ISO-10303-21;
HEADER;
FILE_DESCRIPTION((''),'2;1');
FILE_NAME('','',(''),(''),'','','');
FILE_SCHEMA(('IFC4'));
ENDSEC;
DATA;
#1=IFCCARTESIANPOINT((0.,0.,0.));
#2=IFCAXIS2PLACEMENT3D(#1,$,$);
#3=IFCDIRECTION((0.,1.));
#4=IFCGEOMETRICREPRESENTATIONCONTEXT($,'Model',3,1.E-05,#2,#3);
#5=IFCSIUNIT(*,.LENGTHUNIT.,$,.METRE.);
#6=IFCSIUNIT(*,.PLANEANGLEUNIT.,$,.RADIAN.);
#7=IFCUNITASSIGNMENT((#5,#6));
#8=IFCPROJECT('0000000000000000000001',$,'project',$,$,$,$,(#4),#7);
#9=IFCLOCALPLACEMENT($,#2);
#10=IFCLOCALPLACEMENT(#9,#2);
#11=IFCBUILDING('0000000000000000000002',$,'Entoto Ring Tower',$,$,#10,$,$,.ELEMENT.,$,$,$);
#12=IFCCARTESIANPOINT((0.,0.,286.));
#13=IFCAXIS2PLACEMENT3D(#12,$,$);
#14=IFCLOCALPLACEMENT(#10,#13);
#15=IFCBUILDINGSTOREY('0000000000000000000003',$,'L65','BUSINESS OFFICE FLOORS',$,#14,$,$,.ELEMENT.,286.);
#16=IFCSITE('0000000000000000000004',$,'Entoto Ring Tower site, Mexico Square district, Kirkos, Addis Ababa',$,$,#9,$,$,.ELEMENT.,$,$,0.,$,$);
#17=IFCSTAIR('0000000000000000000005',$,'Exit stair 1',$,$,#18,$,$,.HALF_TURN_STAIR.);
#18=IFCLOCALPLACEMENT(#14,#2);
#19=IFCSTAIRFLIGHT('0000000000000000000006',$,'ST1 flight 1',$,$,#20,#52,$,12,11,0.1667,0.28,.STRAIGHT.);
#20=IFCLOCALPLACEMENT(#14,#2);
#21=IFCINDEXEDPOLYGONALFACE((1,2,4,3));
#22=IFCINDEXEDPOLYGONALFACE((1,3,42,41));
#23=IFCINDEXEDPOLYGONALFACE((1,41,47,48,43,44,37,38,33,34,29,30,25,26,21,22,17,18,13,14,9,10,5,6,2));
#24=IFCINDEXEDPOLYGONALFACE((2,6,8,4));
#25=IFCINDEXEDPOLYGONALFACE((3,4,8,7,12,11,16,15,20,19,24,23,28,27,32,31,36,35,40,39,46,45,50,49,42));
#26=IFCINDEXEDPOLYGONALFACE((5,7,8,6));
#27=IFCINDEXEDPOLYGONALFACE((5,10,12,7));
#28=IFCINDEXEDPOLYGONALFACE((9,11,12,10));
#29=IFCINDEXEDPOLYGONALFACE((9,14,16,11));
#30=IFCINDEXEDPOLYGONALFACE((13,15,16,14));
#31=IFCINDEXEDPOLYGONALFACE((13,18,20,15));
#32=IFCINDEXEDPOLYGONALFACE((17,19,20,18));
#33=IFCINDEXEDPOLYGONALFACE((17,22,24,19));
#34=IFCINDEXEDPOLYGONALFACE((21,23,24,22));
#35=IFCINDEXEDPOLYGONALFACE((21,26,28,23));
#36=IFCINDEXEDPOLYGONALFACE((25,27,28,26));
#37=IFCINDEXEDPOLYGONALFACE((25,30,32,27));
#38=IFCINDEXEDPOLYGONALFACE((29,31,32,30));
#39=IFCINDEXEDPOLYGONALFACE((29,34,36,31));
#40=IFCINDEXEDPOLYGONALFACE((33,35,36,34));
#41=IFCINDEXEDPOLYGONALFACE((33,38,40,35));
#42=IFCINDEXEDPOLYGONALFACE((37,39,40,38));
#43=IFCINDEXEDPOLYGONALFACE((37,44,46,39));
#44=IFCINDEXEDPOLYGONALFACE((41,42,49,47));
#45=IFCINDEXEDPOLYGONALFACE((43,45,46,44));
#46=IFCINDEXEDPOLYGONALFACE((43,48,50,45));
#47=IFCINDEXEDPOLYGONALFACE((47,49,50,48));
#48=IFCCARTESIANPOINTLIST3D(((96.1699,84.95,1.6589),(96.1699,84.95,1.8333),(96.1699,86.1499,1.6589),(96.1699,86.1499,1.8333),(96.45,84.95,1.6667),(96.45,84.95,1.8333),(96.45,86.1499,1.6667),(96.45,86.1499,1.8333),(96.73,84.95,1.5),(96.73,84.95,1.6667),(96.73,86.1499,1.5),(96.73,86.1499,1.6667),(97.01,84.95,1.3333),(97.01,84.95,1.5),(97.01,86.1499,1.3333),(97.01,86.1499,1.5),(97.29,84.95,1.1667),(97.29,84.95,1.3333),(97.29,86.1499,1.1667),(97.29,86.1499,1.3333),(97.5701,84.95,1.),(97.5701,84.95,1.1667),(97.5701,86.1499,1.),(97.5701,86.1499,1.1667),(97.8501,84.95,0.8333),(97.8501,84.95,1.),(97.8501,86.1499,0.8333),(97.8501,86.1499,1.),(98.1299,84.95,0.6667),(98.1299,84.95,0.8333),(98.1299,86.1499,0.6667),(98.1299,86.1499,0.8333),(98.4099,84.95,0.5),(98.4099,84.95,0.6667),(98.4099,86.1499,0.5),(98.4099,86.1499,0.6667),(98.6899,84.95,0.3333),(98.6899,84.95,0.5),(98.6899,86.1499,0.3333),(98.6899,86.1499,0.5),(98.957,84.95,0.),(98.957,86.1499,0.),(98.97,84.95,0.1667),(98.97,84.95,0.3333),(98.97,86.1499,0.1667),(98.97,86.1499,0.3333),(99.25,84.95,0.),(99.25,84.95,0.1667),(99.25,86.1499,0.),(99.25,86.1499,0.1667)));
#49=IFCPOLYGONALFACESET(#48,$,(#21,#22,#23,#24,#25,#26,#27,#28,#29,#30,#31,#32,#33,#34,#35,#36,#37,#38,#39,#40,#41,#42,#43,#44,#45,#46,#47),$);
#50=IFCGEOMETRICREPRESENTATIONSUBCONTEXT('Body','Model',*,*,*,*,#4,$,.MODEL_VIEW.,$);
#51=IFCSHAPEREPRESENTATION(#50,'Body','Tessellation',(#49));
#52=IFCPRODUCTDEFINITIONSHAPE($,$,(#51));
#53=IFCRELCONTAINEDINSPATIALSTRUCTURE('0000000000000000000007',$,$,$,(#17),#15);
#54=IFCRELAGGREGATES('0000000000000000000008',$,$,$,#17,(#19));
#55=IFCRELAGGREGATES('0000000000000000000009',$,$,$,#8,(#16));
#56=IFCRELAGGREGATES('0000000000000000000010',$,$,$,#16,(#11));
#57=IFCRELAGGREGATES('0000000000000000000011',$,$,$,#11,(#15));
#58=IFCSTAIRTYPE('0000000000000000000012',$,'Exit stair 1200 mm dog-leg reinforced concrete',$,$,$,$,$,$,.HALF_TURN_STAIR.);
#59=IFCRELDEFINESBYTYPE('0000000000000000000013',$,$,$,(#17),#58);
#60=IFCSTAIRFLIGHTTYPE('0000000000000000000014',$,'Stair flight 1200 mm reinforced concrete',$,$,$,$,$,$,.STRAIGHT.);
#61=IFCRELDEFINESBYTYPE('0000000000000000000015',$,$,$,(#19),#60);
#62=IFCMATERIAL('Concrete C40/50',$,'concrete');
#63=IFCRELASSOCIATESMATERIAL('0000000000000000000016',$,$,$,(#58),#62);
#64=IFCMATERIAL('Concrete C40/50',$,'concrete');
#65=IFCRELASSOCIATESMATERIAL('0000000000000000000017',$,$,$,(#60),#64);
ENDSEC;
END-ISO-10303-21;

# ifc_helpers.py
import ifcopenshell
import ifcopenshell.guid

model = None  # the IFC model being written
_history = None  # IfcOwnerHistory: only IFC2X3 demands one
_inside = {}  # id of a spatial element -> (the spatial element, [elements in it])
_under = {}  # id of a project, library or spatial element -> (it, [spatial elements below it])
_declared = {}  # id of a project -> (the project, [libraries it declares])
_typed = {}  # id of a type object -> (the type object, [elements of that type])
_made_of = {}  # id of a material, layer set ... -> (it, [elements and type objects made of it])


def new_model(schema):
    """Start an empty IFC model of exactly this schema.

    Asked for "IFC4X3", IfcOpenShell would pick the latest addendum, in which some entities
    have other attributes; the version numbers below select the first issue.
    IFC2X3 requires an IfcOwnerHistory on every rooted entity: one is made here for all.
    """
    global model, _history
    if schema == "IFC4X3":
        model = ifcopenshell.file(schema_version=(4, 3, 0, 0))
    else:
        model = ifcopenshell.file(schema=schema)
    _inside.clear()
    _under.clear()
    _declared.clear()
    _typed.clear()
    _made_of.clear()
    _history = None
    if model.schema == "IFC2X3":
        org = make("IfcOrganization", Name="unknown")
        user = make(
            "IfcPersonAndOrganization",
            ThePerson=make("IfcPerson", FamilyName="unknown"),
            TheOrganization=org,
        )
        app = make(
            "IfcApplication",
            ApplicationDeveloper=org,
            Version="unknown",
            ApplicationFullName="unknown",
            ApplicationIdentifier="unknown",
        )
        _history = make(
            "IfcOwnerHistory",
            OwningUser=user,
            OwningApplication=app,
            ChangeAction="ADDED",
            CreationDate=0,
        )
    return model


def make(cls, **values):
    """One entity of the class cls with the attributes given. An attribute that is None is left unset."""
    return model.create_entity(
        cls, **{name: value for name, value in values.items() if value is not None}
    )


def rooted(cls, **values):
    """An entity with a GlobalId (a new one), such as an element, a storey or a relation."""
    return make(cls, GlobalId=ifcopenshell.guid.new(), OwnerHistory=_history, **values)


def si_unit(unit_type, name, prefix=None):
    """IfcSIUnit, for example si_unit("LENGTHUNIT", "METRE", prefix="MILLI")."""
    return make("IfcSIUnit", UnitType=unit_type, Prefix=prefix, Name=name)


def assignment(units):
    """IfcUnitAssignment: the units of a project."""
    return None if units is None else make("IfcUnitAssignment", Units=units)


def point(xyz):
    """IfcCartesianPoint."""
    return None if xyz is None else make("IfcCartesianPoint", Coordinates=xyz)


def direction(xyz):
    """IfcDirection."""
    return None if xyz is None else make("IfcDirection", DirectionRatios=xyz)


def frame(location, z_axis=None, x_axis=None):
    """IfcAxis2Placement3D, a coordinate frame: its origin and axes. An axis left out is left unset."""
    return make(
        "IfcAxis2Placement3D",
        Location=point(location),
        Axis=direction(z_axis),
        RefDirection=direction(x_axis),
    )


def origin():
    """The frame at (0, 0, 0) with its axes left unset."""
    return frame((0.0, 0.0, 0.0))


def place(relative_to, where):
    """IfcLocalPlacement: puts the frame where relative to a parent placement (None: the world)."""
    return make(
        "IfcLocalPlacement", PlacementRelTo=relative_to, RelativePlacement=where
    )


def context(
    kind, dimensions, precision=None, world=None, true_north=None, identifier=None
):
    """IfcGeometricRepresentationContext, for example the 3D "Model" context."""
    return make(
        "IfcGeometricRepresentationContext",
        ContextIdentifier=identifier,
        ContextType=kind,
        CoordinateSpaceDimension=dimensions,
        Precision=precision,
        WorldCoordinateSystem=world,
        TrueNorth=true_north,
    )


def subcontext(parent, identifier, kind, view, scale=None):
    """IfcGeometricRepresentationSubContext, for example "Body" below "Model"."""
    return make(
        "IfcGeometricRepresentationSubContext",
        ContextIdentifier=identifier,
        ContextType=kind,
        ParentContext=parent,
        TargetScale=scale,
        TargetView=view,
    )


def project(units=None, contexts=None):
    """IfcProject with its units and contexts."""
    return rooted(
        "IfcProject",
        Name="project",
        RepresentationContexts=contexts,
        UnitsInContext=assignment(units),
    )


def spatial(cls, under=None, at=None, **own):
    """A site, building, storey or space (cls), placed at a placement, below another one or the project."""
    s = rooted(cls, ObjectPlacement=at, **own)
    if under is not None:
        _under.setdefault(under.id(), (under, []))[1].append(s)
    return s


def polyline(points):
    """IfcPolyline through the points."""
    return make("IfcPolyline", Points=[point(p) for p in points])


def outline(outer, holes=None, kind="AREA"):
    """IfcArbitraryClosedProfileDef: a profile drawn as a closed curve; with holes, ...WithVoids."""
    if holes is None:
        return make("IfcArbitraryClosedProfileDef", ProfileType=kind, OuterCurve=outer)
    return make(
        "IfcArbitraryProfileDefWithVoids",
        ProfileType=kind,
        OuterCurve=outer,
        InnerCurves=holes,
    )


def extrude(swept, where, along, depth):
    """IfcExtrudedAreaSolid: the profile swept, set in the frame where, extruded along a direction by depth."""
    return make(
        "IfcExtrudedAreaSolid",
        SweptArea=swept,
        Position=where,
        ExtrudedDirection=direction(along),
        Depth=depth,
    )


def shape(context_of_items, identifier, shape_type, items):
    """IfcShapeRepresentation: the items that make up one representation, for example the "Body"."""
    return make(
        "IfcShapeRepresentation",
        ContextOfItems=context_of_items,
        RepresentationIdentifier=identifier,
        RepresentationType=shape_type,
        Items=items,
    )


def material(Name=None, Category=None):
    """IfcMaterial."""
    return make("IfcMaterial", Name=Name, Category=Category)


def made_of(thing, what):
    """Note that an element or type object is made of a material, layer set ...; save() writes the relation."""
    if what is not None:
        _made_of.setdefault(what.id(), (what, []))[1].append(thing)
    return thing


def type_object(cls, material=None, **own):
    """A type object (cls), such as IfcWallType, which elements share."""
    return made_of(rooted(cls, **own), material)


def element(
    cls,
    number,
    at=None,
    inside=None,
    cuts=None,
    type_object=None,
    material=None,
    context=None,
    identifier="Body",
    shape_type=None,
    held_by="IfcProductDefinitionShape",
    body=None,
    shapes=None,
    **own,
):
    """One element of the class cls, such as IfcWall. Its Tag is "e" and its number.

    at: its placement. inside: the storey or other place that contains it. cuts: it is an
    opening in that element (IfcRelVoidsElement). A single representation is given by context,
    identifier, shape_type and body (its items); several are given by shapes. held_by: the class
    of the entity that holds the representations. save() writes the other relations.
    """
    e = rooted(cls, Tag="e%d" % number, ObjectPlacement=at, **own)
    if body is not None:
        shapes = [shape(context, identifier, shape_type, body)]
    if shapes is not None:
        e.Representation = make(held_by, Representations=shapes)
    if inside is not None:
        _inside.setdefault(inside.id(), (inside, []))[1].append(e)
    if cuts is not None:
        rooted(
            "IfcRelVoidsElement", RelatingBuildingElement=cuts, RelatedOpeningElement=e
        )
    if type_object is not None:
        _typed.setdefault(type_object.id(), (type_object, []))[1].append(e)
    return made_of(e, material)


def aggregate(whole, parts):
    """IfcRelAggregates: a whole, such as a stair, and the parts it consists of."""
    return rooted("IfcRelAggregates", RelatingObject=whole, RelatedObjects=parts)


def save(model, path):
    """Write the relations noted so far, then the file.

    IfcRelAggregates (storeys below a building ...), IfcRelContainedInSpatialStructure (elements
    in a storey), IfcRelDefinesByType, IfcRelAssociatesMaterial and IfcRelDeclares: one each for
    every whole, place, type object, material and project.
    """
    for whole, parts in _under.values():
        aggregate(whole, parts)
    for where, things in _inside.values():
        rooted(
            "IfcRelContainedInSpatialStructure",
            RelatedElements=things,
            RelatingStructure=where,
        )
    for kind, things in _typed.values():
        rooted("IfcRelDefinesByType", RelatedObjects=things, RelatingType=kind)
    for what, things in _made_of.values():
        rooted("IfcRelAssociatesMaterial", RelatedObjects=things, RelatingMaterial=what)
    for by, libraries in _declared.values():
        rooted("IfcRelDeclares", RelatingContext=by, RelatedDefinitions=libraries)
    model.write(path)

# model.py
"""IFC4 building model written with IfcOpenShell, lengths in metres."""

from ifc_helpers import new_model, si_unit, direction, frame, origin, place, context, subcontext, project, spatial, polyline, outline, extrude, material, type_object, element, aggregate, save


model = new_model("IFC4")

# Units and contexts
model_context = context("Model", 3, precision=1e-05, world=origin(), true_north=direction((0.0, 1.0)))
body_context = subcontext(model_context, "Body", "Model", "MODEL_VIEW")
ifc_project = project(units=[si_unit("LENGTHUNIT", "METRE"), si_unit("PLANEANGLEUNIT", "RADIAN")], contexts=[model_context])

# Site, building, storey
site_placement = place(None, origin())
site = spatial("IfcSite", under=ifc_project, at=site_placement, Name="Entoto Ring Tower site, Mexico Square district, Kirkos, Addis Ababa", CompositionType="ELEMENT", RefElevation=0.0)
building_placement = place(site_placement, origin())
building = spatial("IfcBuilding", under=site, at=building_placement, Name="Entoto Ring Tower", CompositionType="ELEMENT")
storey_placement = place(building_placement, frame((0.0, 0.0, 286.0)))
storey = spatial("IfcBuildingStorey", under=building, at=storey_placement, Name="L65", Description="BUSINESS OFFICE FLOORS", CompositionType="ELEMENT", Elevation=286.0)

# Stair, stair flight
ifc_material_1 = material(Name="Concrete C40/50", Category="concrete")
stair_type = type_object("IfcStairType", Name="Exit stair 1200 mm dog-leg reinforced concrete", PredefinedType="HALF_TURN_STAIR", material=ifc_material_1)
stair_placement = place(storey_placement, origin())
stair = element("IfcStair", 1, at=stair_placement, inside=storey, type_object=stair_type, Name="Exit stair 1", PredefinedType="HALF_TURN_STAIR")
ifc_material_2 = material(Name="Concrete C40/50", Category="concrete")
stair_flight_type = type_object("IfcStairFlightType", Name="Stair flight 1200 mm reinforced concrete", PredefinedType="STRAIGHT", material=ifc_material_2)
stair_flight_placement = place(storey_placement, frame((99.25, 85.55, 0.0), z_axis=(0.0, 0.0, 1.0), x_axis=(-1.0, 0.0, 0.0)))
stair_flight = element("IfcStairFlight", 2, at=stair_flight_placement, type_object=stair_flight_type, Name="ST1 flight 1", NumberOfRisers=12, NumberOfTreads=11, PredefinedType="STRAIGHT", RiserHeight=0.1667, TreadLength=0.28, context=body_context, shape_type="SweptSolid", body=[
    extrude(outline(polyline([(0.0, 0.0), (0.0, 0.1667), (0.28, 0.1667), (0.28, 0.3333), (0.5601, 0.3333), (0.5601, 0.5), (0.8401, 0.5), (0.8401, 0.6667), (1.1201, 0.6667), (1.1201, 0.8333), (1.3999, 0.8333), (1.3999, 1.0), (1.6799, 1.0), (1.6799, 1.1667), (1.96, 1.1667), (1.96, 1.3333), (2.24, 1.3333), (2.24, 1.5), (2.52, 1.5), (2.52, 1.6667), (2.8, 1.6667), (2.8, 1.8333), (3.0801, 1.8333), (3.0801, 2.0), (3.0801, 1.6589), (0.293, 0.0), (0.0, 0.0)])), frame((0.0, 0.6001, 0.0), z_axis=(0.0, -1.0, 0.0), x_axis=(1.0, 0.0, 0.0)), (0.0, 0.0, 1.0), 1.2),
])
aggregate(stair, [stair_flight])

save(model, "model.ifc")
